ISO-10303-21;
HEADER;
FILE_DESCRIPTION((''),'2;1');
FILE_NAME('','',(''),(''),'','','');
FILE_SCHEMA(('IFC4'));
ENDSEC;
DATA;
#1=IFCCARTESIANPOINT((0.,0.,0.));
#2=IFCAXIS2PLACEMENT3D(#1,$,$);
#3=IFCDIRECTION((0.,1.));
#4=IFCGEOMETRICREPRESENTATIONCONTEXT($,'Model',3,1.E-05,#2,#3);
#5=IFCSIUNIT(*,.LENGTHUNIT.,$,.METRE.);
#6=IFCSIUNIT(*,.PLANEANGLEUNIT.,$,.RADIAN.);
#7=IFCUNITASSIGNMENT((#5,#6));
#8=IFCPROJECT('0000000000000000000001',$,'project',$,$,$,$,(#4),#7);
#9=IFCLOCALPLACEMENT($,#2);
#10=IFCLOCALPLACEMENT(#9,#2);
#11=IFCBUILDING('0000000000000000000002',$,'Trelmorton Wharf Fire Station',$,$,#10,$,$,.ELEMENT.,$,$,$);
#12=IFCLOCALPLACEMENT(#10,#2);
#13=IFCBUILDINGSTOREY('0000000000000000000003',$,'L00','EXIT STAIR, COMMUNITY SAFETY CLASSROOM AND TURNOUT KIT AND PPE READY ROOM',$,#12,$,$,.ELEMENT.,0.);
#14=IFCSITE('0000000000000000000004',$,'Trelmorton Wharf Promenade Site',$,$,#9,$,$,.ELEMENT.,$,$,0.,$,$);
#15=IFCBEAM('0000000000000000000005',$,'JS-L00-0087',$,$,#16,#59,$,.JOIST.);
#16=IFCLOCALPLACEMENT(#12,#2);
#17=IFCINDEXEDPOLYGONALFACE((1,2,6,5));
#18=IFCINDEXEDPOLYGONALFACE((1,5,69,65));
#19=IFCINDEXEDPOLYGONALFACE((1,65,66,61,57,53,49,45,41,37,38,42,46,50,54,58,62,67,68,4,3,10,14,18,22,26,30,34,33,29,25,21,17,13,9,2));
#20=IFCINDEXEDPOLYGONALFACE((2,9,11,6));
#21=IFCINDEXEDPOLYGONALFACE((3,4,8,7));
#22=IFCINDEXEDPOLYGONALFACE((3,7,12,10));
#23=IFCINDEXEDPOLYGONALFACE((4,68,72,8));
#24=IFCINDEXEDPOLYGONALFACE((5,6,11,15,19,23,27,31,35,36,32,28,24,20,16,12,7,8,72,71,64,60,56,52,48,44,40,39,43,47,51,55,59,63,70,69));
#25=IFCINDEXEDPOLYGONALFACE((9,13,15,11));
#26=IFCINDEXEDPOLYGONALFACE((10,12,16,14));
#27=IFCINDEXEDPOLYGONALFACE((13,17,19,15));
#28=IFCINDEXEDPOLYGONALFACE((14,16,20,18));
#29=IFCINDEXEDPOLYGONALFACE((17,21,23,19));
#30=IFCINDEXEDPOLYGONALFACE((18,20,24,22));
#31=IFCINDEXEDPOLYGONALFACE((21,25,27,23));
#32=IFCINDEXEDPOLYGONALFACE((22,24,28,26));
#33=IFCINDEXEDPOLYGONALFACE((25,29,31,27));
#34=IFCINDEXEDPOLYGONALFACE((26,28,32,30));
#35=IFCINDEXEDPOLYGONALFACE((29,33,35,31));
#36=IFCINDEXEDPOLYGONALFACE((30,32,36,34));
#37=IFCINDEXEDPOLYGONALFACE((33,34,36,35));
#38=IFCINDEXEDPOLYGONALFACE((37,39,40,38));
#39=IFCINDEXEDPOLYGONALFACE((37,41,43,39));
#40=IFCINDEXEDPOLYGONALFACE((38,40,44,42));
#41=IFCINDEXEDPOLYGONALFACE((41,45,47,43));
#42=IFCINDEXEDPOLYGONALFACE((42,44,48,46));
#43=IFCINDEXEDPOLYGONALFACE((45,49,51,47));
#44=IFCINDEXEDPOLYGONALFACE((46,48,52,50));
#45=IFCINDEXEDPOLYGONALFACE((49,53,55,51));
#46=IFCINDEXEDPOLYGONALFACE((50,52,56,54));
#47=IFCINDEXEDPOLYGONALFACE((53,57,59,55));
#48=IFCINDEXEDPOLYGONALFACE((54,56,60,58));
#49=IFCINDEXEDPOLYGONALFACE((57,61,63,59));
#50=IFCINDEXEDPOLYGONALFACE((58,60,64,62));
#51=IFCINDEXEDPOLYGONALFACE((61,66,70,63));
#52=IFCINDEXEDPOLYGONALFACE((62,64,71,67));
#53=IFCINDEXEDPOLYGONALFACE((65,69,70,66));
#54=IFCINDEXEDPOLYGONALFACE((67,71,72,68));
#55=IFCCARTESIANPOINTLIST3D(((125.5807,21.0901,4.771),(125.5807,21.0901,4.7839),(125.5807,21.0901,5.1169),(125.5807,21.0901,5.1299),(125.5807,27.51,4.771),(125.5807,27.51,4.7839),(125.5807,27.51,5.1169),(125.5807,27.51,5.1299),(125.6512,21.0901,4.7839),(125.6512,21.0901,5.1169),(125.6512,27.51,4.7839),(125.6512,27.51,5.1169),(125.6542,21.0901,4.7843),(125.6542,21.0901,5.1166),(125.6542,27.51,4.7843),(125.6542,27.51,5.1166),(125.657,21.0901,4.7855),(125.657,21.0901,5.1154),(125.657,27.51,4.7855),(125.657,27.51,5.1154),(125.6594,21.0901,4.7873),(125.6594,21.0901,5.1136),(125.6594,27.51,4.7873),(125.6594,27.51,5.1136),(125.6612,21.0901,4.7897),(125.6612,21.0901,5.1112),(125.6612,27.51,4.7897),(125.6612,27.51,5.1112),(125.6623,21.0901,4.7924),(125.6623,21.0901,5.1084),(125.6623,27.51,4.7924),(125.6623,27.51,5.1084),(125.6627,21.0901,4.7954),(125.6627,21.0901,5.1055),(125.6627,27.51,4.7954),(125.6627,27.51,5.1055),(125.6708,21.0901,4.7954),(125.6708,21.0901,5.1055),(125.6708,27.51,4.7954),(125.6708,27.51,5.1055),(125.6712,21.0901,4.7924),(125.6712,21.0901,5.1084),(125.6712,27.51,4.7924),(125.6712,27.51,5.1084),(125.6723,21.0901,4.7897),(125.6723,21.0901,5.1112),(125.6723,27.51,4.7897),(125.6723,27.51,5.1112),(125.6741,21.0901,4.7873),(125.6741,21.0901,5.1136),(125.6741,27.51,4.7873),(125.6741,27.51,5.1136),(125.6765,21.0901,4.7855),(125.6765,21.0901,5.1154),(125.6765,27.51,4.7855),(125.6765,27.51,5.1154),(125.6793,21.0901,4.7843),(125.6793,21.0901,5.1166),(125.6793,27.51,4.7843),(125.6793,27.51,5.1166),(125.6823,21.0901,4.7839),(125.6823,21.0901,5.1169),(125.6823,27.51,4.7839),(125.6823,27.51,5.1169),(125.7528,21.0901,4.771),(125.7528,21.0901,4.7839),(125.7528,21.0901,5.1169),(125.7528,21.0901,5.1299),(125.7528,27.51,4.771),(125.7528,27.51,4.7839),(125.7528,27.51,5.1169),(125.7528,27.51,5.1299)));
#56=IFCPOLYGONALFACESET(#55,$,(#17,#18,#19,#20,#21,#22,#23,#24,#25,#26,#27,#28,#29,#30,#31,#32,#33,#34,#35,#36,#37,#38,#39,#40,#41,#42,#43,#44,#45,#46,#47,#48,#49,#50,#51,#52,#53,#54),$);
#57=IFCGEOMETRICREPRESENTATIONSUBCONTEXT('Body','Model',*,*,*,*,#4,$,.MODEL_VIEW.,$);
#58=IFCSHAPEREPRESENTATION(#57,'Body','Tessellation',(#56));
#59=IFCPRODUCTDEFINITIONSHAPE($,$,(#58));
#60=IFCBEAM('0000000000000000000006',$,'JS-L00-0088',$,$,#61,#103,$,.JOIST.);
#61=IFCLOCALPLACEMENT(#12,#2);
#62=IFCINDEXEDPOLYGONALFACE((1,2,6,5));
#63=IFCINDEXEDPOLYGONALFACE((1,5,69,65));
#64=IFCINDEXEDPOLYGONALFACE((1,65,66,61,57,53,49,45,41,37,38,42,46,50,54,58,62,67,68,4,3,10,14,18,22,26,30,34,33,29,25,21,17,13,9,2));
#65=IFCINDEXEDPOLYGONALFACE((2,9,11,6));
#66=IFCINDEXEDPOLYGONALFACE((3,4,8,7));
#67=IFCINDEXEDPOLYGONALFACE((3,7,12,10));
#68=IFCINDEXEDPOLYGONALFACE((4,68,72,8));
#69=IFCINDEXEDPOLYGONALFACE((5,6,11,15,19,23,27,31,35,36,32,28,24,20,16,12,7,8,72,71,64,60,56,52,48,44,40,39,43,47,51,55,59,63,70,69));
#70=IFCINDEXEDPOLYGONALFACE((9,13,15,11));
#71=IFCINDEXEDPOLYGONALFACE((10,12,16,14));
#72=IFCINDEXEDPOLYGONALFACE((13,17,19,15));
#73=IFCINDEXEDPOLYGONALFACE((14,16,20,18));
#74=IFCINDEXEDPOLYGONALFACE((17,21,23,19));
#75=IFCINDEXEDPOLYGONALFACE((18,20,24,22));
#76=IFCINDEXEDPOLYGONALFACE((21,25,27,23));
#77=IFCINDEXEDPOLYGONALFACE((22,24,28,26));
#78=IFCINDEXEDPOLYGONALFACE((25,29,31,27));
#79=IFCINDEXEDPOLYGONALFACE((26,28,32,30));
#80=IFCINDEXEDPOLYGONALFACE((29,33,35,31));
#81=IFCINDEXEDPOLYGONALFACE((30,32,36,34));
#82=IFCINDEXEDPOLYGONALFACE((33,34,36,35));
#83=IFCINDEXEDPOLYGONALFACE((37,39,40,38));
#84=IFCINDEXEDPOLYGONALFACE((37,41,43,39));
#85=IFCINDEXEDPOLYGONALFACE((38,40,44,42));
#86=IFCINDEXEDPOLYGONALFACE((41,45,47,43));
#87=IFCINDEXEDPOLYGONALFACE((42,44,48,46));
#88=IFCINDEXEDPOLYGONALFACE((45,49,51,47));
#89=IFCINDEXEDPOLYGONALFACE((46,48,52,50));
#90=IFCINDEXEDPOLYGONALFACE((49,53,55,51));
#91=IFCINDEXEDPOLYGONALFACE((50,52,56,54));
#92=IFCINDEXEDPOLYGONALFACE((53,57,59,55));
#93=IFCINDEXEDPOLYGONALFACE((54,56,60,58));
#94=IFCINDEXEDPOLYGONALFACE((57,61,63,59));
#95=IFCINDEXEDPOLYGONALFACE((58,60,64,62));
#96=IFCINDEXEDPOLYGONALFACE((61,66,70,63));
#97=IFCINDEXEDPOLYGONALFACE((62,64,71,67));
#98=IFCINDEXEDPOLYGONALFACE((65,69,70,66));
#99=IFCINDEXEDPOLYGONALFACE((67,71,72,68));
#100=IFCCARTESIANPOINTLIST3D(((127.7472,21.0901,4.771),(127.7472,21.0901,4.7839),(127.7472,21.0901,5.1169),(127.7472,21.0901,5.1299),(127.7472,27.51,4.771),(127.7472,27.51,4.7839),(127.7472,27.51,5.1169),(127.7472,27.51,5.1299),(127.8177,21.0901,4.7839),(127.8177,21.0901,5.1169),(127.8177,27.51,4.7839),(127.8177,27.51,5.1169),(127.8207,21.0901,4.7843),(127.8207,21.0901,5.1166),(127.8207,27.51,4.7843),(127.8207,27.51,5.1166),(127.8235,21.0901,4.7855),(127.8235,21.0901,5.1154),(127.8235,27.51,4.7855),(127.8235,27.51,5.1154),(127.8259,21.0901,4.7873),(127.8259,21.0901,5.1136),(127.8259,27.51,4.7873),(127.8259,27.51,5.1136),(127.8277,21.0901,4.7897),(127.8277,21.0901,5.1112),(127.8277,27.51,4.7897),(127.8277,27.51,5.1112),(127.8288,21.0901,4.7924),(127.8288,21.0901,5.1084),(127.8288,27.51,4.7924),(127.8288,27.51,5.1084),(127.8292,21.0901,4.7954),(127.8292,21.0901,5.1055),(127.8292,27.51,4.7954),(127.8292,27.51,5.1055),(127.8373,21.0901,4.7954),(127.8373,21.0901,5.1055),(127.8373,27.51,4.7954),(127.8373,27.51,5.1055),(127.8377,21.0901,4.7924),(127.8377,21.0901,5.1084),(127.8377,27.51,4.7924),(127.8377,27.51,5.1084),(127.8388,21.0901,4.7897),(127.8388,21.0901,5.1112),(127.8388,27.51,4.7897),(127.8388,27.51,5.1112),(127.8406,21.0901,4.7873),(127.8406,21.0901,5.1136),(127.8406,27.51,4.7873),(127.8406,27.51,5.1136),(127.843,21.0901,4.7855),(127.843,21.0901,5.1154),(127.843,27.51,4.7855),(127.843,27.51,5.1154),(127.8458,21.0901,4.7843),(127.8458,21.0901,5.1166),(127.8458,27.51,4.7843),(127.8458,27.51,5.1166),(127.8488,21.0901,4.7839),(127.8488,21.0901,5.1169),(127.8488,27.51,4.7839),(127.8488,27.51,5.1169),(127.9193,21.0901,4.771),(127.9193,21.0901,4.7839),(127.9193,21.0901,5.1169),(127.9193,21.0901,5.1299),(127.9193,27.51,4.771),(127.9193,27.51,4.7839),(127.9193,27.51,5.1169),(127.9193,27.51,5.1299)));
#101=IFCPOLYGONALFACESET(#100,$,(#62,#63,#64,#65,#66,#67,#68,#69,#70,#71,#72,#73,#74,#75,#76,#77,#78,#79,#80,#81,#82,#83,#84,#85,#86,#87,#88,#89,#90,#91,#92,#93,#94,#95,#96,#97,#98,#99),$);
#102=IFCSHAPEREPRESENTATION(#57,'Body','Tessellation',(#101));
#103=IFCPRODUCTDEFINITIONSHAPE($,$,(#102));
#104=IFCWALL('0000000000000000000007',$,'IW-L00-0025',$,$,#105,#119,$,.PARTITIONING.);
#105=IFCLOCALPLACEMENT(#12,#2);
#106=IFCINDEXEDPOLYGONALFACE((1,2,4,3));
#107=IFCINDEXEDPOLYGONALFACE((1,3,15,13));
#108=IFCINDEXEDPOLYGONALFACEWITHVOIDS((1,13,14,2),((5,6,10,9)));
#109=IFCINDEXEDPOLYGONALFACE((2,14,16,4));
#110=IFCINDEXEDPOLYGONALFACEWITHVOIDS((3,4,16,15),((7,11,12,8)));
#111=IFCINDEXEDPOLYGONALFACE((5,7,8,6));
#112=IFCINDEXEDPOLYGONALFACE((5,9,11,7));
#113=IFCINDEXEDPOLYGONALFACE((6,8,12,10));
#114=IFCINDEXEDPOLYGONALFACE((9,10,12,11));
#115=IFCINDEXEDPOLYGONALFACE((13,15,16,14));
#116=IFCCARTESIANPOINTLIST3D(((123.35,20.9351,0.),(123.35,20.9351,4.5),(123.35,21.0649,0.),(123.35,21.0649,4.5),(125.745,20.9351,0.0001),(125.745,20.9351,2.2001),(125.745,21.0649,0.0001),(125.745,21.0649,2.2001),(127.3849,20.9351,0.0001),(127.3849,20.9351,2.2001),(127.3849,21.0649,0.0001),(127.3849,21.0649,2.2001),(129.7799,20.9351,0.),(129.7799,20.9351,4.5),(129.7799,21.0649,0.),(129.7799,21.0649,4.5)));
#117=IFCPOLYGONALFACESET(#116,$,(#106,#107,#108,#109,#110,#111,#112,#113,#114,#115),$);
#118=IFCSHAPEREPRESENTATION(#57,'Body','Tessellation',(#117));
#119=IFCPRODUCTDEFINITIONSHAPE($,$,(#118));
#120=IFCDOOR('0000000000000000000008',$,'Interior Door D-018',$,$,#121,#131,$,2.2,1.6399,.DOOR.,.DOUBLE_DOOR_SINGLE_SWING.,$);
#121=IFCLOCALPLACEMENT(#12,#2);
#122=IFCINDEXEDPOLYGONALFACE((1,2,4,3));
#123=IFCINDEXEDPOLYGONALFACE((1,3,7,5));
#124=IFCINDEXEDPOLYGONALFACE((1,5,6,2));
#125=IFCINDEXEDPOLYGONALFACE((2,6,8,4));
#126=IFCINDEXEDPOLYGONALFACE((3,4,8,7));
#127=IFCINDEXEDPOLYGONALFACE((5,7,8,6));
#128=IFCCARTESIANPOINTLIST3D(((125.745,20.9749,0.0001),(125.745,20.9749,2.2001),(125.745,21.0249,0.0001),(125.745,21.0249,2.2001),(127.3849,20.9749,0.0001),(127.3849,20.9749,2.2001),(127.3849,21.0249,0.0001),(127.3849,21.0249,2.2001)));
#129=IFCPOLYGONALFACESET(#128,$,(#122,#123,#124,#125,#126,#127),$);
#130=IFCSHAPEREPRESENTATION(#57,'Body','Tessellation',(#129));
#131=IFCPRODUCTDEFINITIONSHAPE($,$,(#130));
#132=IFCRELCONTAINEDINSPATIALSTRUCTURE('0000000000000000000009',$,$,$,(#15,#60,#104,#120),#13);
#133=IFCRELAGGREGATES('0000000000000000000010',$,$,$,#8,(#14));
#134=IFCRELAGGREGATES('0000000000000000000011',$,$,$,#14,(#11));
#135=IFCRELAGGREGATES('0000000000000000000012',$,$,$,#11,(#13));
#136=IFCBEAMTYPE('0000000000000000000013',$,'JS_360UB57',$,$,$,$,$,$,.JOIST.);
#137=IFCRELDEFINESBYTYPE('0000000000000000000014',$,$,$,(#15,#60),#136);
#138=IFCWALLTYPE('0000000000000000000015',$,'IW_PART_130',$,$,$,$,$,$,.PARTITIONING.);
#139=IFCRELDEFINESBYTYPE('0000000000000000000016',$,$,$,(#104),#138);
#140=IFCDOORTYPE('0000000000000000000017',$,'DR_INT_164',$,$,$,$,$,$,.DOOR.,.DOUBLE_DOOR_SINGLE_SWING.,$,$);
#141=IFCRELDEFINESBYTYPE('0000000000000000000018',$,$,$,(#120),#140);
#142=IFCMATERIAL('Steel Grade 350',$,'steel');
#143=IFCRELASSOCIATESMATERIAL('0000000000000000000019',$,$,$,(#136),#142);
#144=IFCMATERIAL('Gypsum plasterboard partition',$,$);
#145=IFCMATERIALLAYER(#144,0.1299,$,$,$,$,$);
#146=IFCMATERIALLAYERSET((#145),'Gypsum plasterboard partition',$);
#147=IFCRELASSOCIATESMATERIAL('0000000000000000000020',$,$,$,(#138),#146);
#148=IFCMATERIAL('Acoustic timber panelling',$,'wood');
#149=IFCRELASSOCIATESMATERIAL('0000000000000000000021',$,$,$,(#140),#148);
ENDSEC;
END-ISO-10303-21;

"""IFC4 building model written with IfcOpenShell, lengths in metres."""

from ifc_helpers import new_model, si_unit, direction, frame, frame_2d, origin, origin_2d, place, context, subcontext, project, spatial, rectangle, i_section, extrude, material, layer, layer_set, material_profile, profile_set, type_object, element, fill, save


model = new_model("IFC4")

# Units and contexts
model_context = context("Model", 3, precision=1e-05, world=origin(), true_north=direction((0.0, 1.0)))
body_context = subcontext(model_context, "Body", "Model", "MODEL_VIEW")
ifc_project = project(units=[si_unit("LENGTHUNIT", "METRE"), si_unit("PLANEANGLEUNIT", "RADIAN")], contexts=[model_context])

# Site, building, storey
site_placement = place(None, origin())
site = spatial("IfcSite", under=ifc_project, at=site_placement, Name="Trelmorton Wharf Promenade Site", CompositionType="ELEMENT", RefElevation=0.0)
building_placement = place(site_placement, origin())
building = spatial("IfcBuilding", under=site, at=building_placement, Name="Trelmorton Wharf Fire Station", CompositionType="ELEMENT")
storey_placement = place(building_placement, origin())
storey = spatial("IfcBuildingStorey", under=building, at=storey_placement, Name="L00", Description="EXIT STAIR, COMMUNITY SAFETY CLASSROOM AND TURNOUT KIT AND PPE READY ROOM", CompositionType="ELEMENT", Elevation=0.0)

# Shared definitions
ifc_material_1 = material(Name="Steel Grade 350", Category="steel")

# Beams
ifc_material_profile_1 = material_profile(ifc_material_1, i_section(OverallWidth=0.1721, OverallDepth=0.3589, WebThickness=0.0081, FlangeThickness=0.0129, FilletRadius=0.0115, at=origin_2d()), Name="360UB56.7")
ifc_profile_set_1 = profile_set([ifc_material_profile_1], Name="Steel Grade 350")
beam_type_1 = type_object("IfcBeamType", Name="JS_360UB57", PredefinedType="JOIST", material=ifc_profile_set_1)
for number, where, z_axis, x_axis, name in (
    (1, (125.6667, 21.0901, 4.9504), (0.0, 1.0, 0.0), (-1.0, 0.0, 0.0), "JS-L00-0087"),
    (2, (127.8333, 21.0901, 4.9504), (0.0, 1.0, 0.0), (-1.0, 0.0, 0.0), "JS-L00-0088"),
):
    element("IfcBeam", number, at=place(storey_placement, frame(where, z_axis=z_axis, x_axis=x_axis)), inside=storey, type_object=beam_type_1, Name=name, PredefinedType="JOIST", context=body_context, shape_type="SweptSolid", body=[
        extrude(i_section(OverallWidth=0.1721, OverallDepth=0.3589, WebThickness=0.0081, FlangeThickness=0.0129, FilletRadius=0.0115, at=origin_2d()), origin(), (0.0, 0.0, 1.0), 6.4199),
    ])

# Wall, opening, door
ifc_material_2 = material(Name="Gypsum plasterboard partition")
ifc_layer = layer(ifc_material_2, 0.1299)
ifc_layer_set = layer_set([ifc_layer], Name="Gypsum plasterboard partition")
wall_type = type_object("IfcWallType", Name="IW_PART_130", PredefinedType="PARTITIONING", material=ifc_layer_set)
wall_placement = place(storey_placement, frame((123.3501, 21.0, 0.0), z_axis=(0.0, 0.0, 1.0), x_axis=(1.0, 0.0, 0.0)))
wall = element("IfcWall", 3, at=wall_placement, inside=storey, type_object=wall_type, Name="IW-L00-0025", PredefinedType="PARTITIONING", context=body_context, shape_type="SweptSolid", body=[
    extrude(rectangle(XDim=6.4299, YDim=0.1299, at=frame_2d((3.2148, 0.0))), origin(), (0.0, 0.0, 1.0), 4.5),
])
opening_placement = place(wall_placement, frame((2.395, 0.0, 0.0)))
opening = element("IfcOpeningElement", 4, at=opening_placement, cuts=wall, PredefinedType="OPENING", context=body_context, shape_type="SweptSolid", body=[
    extrude(rectangle(XDim=1.6399, YDim=2.2, at=frame_2d((0.8198, 1.1001))), frame((0.0, 0.075, 0.0), z_axis=(0.0, -1.0, 0.0), x_axis=(1.0, 0.0, 0.0)), (0.0, 0.0, 1.0), 0.1499),
])
ifc_material_3 = material(Name="Acoustic timber panelling", Category="wood")
door_type = type_object("IfcDoorType", Name="DR_INT_164", OperationType="DOUBLE_DOOR_SINGLE_SWING", PredefinedType="DOOR", material=ifc_material_3)
door_placement = place(opening_placement, origin())
door = element("IfcDoor", 5, at=door_placement, inside=storey, type_object=door_type, Name="Interior Door D-018", OperationType="DOUBLE_DOOR_SINGLE_SWING", OverallHeight=2.2, OverallWidth=1.6399, PredefinedType="DOOR", context=body_context, shape_type="SweptSolid", body=[
    extrude(rectangle(XDim=1.6399, YDim=2.2, at=frame_2d((0.8198, 1.1001))), frame((0.0, 0.0249, 0.0), z_axis=(0.0, -1.0, 0.0), x_axis=(1.0, 0.0, 0.0)), (0.0, 0.0, 1.0), 0.05),
])
fill(opening, door)

save(model, "model.ifc")
